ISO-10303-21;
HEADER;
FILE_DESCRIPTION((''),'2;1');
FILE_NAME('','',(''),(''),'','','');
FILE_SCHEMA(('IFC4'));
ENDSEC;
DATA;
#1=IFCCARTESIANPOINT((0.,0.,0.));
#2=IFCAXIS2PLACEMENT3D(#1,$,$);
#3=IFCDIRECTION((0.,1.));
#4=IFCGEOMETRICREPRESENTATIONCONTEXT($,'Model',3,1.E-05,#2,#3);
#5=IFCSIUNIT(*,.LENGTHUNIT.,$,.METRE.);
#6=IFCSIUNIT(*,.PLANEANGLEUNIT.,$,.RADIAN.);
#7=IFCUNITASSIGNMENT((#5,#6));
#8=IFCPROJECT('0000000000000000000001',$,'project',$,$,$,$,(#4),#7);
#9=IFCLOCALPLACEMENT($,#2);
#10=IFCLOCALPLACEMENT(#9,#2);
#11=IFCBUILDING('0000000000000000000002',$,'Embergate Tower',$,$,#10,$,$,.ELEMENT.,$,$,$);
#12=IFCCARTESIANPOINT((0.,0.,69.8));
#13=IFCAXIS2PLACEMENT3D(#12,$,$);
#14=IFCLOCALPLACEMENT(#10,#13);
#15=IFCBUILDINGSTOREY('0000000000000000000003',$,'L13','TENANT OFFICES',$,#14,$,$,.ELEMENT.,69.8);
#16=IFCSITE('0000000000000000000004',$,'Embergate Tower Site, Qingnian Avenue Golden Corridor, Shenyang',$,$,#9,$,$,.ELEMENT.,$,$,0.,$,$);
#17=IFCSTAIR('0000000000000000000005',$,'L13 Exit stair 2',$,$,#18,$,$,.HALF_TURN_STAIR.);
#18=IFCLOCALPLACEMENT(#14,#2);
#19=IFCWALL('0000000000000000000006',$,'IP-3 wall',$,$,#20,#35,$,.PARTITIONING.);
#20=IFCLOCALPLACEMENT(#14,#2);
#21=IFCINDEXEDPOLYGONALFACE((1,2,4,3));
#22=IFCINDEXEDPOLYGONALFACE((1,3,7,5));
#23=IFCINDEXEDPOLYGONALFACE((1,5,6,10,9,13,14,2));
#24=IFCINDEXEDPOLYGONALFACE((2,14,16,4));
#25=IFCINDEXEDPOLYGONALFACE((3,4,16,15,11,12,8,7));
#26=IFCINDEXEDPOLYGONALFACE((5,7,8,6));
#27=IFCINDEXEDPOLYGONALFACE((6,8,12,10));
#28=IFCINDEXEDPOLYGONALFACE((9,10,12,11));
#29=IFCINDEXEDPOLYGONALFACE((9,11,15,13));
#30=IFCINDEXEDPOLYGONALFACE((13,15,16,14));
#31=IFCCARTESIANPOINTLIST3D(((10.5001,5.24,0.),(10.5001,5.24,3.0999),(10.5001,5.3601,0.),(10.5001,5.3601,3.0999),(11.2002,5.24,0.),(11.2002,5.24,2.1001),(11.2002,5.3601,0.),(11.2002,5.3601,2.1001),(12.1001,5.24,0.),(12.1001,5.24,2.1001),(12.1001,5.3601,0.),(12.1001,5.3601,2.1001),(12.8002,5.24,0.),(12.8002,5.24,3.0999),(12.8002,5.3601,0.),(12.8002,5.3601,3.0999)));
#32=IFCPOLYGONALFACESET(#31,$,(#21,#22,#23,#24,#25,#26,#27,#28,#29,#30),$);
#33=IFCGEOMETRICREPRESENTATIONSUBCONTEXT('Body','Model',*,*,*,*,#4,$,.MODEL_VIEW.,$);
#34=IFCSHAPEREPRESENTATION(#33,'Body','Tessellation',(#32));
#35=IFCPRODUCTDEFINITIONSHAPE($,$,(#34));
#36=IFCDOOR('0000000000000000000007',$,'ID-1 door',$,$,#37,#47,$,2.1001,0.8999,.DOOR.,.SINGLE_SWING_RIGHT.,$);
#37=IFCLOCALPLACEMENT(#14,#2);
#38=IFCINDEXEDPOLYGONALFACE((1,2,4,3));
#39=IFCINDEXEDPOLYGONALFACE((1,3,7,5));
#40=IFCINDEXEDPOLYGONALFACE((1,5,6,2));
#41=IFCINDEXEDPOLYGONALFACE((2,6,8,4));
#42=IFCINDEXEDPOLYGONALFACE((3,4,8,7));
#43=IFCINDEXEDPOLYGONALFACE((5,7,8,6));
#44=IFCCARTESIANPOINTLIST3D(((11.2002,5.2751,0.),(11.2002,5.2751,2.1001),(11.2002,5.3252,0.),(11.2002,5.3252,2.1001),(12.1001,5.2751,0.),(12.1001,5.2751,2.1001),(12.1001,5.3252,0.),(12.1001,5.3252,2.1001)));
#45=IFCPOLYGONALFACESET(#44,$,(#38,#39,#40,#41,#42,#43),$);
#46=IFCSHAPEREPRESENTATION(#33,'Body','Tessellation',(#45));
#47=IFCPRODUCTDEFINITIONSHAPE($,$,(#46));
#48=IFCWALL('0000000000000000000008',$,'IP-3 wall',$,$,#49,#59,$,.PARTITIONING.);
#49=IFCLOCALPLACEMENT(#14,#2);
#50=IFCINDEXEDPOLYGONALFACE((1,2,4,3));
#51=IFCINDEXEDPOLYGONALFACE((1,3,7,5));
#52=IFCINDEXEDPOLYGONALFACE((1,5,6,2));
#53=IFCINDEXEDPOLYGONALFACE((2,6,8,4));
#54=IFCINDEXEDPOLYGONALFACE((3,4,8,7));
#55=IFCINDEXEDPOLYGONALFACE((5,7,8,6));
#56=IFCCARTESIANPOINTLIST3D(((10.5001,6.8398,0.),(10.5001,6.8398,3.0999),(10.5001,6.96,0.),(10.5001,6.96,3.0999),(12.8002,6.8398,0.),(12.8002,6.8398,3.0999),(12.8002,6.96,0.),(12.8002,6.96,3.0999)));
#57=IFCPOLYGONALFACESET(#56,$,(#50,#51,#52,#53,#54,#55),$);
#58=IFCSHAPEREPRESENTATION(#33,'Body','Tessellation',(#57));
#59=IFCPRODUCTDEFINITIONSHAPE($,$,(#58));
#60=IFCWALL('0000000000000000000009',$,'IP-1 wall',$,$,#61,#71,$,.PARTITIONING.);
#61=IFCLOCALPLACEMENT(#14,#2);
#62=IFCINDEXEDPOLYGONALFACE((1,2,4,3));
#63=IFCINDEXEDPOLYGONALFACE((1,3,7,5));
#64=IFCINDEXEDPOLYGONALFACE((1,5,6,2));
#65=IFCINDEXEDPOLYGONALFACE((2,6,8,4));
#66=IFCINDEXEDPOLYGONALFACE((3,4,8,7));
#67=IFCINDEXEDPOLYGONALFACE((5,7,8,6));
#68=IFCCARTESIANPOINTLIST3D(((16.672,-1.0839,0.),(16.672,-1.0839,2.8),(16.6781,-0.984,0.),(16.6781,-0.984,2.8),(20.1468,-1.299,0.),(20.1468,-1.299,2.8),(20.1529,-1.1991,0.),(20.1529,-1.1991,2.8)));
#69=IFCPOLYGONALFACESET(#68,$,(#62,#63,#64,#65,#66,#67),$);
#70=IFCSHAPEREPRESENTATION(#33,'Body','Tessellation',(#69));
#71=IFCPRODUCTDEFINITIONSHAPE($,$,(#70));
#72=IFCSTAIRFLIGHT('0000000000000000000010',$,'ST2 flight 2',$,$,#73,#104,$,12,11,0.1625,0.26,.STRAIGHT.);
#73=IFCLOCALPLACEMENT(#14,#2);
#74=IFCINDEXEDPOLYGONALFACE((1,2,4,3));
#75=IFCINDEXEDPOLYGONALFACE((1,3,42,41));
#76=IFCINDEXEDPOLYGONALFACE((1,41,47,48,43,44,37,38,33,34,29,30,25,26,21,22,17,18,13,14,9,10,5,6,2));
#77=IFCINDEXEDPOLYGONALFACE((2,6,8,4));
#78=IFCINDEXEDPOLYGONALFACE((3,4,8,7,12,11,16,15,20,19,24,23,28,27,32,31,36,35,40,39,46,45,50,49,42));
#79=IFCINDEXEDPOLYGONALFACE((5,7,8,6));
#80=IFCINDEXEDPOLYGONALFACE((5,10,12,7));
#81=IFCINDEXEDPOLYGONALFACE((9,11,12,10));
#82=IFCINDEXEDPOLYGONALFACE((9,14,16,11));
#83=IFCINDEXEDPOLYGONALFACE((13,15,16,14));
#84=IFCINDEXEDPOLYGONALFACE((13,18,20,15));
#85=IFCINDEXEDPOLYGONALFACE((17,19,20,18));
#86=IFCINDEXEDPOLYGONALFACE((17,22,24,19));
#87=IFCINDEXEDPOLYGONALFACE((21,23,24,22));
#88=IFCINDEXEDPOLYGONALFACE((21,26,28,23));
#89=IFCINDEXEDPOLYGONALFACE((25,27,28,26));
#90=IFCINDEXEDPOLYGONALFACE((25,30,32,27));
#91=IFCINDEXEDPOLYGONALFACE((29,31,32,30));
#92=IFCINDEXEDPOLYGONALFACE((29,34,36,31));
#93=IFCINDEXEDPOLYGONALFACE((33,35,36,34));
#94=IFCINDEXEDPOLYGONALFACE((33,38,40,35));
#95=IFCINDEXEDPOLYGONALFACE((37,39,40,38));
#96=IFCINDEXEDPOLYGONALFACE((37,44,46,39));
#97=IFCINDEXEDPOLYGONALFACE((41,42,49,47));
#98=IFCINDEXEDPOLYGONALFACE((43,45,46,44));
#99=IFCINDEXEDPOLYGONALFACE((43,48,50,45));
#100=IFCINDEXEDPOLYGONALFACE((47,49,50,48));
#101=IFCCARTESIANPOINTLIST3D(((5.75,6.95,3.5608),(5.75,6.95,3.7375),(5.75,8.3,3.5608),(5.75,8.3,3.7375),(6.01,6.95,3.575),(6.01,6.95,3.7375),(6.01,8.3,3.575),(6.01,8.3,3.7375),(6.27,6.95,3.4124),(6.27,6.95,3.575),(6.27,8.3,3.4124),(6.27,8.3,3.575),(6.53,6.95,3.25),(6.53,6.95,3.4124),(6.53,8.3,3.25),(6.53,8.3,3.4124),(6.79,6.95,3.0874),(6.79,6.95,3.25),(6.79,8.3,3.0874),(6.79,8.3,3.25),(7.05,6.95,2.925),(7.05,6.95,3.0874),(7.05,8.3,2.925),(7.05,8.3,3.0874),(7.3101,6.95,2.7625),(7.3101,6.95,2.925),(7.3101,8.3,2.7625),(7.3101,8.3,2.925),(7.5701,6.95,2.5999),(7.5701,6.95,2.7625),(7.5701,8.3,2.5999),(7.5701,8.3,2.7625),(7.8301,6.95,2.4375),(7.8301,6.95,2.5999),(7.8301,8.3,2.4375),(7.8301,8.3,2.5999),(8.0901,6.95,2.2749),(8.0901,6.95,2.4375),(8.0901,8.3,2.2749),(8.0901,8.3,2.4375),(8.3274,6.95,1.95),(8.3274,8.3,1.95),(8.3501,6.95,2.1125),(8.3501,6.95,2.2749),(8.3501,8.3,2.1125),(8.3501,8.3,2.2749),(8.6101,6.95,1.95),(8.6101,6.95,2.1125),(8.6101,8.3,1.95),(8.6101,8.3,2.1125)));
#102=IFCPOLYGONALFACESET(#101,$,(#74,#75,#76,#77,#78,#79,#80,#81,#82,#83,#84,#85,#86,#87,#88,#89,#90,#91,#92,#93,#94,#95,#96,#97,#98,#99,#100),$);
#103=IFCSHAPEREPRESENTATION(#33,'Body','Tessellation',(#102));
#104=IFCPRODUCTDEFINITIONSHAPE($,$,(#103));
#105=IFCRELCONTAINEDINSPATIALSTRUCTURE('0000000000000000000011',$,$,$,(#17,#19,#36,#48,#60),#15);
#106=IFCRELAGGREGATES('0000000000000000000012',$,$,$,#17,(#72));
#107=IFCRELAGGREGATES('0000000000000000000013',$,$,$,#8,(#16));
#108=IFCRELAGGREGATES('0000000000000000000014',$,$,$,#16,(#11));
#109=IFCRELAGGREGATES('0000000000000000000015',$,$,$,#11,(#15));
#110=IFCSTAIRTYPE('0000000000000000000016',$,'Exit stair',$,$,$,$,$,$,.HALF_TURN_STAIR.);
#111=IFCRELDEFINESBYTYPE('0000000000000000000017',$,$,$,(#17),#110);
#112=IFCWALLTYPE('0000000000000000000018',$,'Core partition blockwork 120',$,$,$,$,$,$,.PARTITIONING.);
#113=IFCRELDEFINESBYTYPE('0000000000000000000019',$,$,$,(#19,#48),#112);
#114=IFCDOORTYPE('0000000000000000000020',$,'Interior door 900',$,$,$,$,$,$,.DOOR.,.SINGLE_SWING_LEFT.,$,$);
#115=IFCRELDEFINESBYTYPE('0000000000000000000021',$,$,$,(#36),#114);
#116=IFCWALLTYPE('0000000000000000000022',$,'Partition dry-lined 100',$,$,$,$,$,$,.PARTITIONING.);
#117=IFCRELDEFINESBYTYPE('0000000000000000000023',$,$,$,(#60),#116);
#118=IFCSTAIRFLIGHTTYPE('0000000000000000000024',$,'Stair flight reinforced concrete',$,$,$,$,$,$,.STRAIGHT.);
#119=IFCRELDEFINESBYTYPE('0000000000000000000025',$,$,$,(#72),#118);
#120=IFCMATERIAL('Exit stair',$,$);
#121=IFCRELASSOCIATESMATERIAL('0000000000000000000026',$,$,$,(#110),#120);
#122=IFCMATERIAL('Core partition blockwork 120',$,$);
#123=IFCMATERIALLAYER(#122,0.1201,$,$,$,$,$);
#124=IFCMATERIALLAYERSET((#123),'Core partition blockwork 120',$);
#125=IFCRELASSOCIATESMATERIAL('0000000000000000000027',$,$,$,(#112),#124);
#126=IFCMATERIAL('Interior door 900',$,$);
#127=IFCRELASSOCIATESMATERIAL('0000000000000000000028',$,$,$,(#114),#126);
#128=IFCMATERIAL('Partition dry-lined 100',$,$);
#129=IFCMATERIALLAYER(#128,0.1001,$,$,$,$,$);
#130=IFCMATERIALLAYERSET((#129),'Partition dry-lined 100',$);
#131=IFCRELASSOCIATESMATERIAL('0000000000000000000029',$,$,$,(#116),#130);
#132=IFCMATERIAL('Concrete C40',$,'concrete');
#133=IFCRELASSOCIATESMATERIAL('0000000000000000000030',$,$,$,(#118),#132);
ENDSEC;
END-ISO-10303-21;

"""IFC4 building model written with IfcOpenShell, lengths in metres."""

from ifc_helpers import new_model, si_unit, direction, frame, frame_2d, origin, place, context, subcontext, project, spatial, polyline, rectangle, outline, extrude, source, transform, mapped, material, layer, layer_set, type_object, element, fill, aggregate, save


model = new_model("IFC4")

# Units and contexts
model_context = context("Model", 3, precision=1e-05, world=origin(), true_north=direction((0.0, 1.0)))
body_context = subcontext(model_context, "Body", "Model", "MODEL_VIEW")
ifc_project = project(units=[si_unit("LENGTHUNIT", "METRE"), si_unit("PLANEANGLEUNIT", "RADIAN")], contexts=[model_context])

# Site, building, storey
site_placement = place(None, origin())
site = spatial("IfcSite", under=ifc_project, at=site_placement, Name="Embergate Tower Site, Qingnian Avenue Golden Corridor, Shenyang", CompositionType="ELEMENT", RefElevation=0.0)
building_placement = place(site_placement, origin())
building = spatial("IfcBuilding", under=site, at=building_placement, Name="Embergate Tower", CompositionType="ELEMENT")
storey_placement = place(building_placement, frame((0.0, 0.0, 69.8)))
storey = spatial("IfcBuildingStorey", under=building, at=storey_placement, Name="L13", Description="TENANT OFFICES", CompositionType="ELEMENT", Elevation=69.8)

# Stair
ifc_material_1 = material(Name="Exit stair")
stair_type = type_object("IfcStairType", Name="Exit stair", PredefinedType="HALF_TURN_STAIR", material=ifc_material_1)
stair_placement = place(storey_placement, origin())
stair = element("IfcStair", 1, at=stair_placement, inside=storey, type_object=stair_type, Name="L13 Exit stair 2", PredefinedType="HALF_TURN_STAIR")
ifc_material_2 = material(Name="Concrete C40", Category="concrete")

# Shared definitions
ifc_material_3 = material(Name="Core partition blockwork 120")
ifc_layer_1 = layer(ifc_material_3, 0.1201)
ifc_layer_set_1 = layer_set([ifc_layer_1], Name="Core partition blockwork 120")
wall_type_1 = type_object("IfcWallType", Name="Core partition blockwork 120", PredefinedType="PARTITIONING", material=ifc_layer_set_1)

# Wall, opening, door
shared_shape_1 = source(origin(), body_context, "Body", "SweptSolid", [
    extrude(rectangle(XDim=2.3, YDim=0.1201, at=frame_2d((1.1499, 0.0))), origin(), (0.0, 0.0, 1.0), 3.0999),
])
shared_shape_2 = source(origin(), body_context, "Body", "SweptSolid", [
    extrude(rectangle(XDim=0.8999, YDim=2.1001, at=frame_2d((0.45, 1.05))), frame((0.0, 0.0701, 0.0), z_axis=(0.0, -1.0, 0.0), x_axis=(1.0, 0.0, 0.0)), (0.0, 0.0, 1.0), 0.1401),
])
ifc_material_4 = material(Name="Interior door 900")
door_type_1 = type_object("IfcDoorType", Name="Interior door 900", OperationType="SINGLE_SWING_LEFT", PredefinedType="DOOR", material=ifc_material_4)
shared_shape_3 = source(origin(), body_context, "Body", "SweptSolid", [
    extrude(rectangle(XDim=0.8999, YDim=2.1001, at=frame_2d((0.45, 1.05))), frame((0.0, 0.0249, 0.0), z_axis=(0.0, -1.0, 0.0), x_axis=(1.0, 0.0, 0.0)), (0.0, 0.0, 1.0), 0.05),
])
wall_1_placement = place(storey_placement, frame((12.8, 5.3, 0.0), z_axis=(0.0, 0.0, 1.0), x_axis=(-1.0, 0.0, 0.0)))
wall_1 = element("IfcWall", 2, at=wall_1_placement, inside=storey, type_object=wall_type_1, Name="IP-3 wall", PredefinedType="PARTITIONING", context=body_context, shape_type="MappedRepresentation", body=[
    mapped(shared_shape_1, transform((0.0, 0.0, 0.0))),
])
opening_1_placement = place(wall_1_placement, frame((0.7, 0.0, 0.0)))
opening_1 = element("IfcOpeningElement", 3, at=opening_1_placement, cuts=wall_1, PredefinedType="OPENING", context=body_context, shape_type="MappedRepresentation", body=[
    mapped(shared_shape_2, transform((0.0, 0.0, 0.0))),
])
door_1_placement = place(opening_1_placement, origin())
door_1 = element("IfcDoor", 4, at=door_1_placement, inside=storey, type_object=door_type_1, Name="ID-1 door", OperationType="SINGLE_SWING_RIGHT", OverallHeight=2.1001, OverallWidth=0.8999, PredefinedType="DOOR", context=body_context, shape_type="MappedRepresentation", body=[
    mapped(shared_shape_3, transform((0.0, 0.0, 0.0))),
])
fill(opening_1, door_1)

# Walls
wall_2_placement = place(storey_placement, frame((12.8, 6.8999, 0.0), z_axis=(0.0, 0.0, 1.0), x_axis=(-1.0, 0.0, 0.0)))
element("IfcWall", 5, at=wall_2_placement, inside=storey, type_object=wall_type_1, Name="IP-3 wall", PredefinedType="PARTITIONING", context=body_context, shape_type="MappedRepresentation", body=[
    mapped(shared_shape_1, transform((0.0, 0.0, 0.0))),
])
ifc_material_5 = material(Name="Partition dry-lined 100")
ifc_layer_2 = layer(ifc_material_5, 0.1001)
ifc_layer_set_2 = layer_set([ifc_layer_2], Name="Partition dry-lined 100")
wall_type_2 = type_object("IfcWallType", Name="Partition dry-lined 100", PredefinedType="PARTITIONING", material=ifc_layer_set_2)
shared_shape_4 = source(origin(), body_context, "Body", "SweptSolid", [
    extrude(rectangle(XDim=3.4814, YDim=0.1001, at=frame_2d((1.7407, 0.0))), origin(), (0.0, 0.0, 1.0), 2.8),
])
wall_3_placement = place(storey_placement, frame((16.675, -1.0339, 0.0), z_axis=(0.0, 0.0, 1.0), x_axis=(0.99809, -0.06178, 0.0)))
element("IfcWall", 6, at=wall_3_placement, inside=storey, type_object=wall_type_2, Name="IP-1 wall", PredefinedType="PARTITIONING", context=body_context, shape_type="MappedRepresentation", body=[
    mapped(shared_shape_4, transform((0.0, 0.0, 0.0))),
])

# Stair flight
stair_flight_type = type_object("IfcStairFlightType", Name="Stair flight reinforced concrete", PredefinedType="STRAIGHT", material=ifc_material_2)
shared_shape_5 = source(origin(), body_context, "Body", "SweptSolid", [
    extrude(outline(polyline([(0.0, 0.0), (0.0, 0.1626), (0.26, 0.1626), (0.26, 0.325), (0.52, 0.325), (0.52, 0.4875), (0.78, 0.4875), (0.78, 0.6499), (1.04, 0.6499), (1.04, 0.8125), (1.3, 0.8125), (1.3, 0.9751), (1.5601, 0.9751), (1.5601, 1.1375), (1.8201, 1.1375), (1.8201, 1.3), (2.0801, 1.3), (2.0801, 1.4624), (2.3401, 1.4624), (2.3401, 1.625), (2.6001, 1.625), (2.6001, 1.7876), (2.8601, 1.7876), (2.8601, 1.95), (2.8601, 1.6108), (0.2827, 0.0), (0.0, 0.0)])), frame((0.0, 0.675, 0.0), z_axis=(0.0, -1.0, 0.0), x_axis=(1.0, 0.0, 0.0)), (0.0, 0.0, 1.0), 1.3501),
])
stair_flight_placement = place(storey_placement, frame((8.6101, 7.625, 1.95), z_axis=(0.0, 0.0, 1.0), x_axis=(-1.0, 0.0, 0.0)))
stair_flight = element("IfcStairFlight", 7, at=stair_flight_placement, type_object=stair_flight_type, Name="ST2 flight 2", NumberOfRisers=12, NumberOfTreads=11, PredefinedType="STRAIGHT", RiserHeight=0.1625, TreadLength=0.26, context=body_context, shape_type="MappedRepresentation", body=[
    mapped(shared_shape_5, transform((0.0, 0.0, 0.0))),
])
aggregate(stair, [stair_flight])

save(model, "model.ifc")
